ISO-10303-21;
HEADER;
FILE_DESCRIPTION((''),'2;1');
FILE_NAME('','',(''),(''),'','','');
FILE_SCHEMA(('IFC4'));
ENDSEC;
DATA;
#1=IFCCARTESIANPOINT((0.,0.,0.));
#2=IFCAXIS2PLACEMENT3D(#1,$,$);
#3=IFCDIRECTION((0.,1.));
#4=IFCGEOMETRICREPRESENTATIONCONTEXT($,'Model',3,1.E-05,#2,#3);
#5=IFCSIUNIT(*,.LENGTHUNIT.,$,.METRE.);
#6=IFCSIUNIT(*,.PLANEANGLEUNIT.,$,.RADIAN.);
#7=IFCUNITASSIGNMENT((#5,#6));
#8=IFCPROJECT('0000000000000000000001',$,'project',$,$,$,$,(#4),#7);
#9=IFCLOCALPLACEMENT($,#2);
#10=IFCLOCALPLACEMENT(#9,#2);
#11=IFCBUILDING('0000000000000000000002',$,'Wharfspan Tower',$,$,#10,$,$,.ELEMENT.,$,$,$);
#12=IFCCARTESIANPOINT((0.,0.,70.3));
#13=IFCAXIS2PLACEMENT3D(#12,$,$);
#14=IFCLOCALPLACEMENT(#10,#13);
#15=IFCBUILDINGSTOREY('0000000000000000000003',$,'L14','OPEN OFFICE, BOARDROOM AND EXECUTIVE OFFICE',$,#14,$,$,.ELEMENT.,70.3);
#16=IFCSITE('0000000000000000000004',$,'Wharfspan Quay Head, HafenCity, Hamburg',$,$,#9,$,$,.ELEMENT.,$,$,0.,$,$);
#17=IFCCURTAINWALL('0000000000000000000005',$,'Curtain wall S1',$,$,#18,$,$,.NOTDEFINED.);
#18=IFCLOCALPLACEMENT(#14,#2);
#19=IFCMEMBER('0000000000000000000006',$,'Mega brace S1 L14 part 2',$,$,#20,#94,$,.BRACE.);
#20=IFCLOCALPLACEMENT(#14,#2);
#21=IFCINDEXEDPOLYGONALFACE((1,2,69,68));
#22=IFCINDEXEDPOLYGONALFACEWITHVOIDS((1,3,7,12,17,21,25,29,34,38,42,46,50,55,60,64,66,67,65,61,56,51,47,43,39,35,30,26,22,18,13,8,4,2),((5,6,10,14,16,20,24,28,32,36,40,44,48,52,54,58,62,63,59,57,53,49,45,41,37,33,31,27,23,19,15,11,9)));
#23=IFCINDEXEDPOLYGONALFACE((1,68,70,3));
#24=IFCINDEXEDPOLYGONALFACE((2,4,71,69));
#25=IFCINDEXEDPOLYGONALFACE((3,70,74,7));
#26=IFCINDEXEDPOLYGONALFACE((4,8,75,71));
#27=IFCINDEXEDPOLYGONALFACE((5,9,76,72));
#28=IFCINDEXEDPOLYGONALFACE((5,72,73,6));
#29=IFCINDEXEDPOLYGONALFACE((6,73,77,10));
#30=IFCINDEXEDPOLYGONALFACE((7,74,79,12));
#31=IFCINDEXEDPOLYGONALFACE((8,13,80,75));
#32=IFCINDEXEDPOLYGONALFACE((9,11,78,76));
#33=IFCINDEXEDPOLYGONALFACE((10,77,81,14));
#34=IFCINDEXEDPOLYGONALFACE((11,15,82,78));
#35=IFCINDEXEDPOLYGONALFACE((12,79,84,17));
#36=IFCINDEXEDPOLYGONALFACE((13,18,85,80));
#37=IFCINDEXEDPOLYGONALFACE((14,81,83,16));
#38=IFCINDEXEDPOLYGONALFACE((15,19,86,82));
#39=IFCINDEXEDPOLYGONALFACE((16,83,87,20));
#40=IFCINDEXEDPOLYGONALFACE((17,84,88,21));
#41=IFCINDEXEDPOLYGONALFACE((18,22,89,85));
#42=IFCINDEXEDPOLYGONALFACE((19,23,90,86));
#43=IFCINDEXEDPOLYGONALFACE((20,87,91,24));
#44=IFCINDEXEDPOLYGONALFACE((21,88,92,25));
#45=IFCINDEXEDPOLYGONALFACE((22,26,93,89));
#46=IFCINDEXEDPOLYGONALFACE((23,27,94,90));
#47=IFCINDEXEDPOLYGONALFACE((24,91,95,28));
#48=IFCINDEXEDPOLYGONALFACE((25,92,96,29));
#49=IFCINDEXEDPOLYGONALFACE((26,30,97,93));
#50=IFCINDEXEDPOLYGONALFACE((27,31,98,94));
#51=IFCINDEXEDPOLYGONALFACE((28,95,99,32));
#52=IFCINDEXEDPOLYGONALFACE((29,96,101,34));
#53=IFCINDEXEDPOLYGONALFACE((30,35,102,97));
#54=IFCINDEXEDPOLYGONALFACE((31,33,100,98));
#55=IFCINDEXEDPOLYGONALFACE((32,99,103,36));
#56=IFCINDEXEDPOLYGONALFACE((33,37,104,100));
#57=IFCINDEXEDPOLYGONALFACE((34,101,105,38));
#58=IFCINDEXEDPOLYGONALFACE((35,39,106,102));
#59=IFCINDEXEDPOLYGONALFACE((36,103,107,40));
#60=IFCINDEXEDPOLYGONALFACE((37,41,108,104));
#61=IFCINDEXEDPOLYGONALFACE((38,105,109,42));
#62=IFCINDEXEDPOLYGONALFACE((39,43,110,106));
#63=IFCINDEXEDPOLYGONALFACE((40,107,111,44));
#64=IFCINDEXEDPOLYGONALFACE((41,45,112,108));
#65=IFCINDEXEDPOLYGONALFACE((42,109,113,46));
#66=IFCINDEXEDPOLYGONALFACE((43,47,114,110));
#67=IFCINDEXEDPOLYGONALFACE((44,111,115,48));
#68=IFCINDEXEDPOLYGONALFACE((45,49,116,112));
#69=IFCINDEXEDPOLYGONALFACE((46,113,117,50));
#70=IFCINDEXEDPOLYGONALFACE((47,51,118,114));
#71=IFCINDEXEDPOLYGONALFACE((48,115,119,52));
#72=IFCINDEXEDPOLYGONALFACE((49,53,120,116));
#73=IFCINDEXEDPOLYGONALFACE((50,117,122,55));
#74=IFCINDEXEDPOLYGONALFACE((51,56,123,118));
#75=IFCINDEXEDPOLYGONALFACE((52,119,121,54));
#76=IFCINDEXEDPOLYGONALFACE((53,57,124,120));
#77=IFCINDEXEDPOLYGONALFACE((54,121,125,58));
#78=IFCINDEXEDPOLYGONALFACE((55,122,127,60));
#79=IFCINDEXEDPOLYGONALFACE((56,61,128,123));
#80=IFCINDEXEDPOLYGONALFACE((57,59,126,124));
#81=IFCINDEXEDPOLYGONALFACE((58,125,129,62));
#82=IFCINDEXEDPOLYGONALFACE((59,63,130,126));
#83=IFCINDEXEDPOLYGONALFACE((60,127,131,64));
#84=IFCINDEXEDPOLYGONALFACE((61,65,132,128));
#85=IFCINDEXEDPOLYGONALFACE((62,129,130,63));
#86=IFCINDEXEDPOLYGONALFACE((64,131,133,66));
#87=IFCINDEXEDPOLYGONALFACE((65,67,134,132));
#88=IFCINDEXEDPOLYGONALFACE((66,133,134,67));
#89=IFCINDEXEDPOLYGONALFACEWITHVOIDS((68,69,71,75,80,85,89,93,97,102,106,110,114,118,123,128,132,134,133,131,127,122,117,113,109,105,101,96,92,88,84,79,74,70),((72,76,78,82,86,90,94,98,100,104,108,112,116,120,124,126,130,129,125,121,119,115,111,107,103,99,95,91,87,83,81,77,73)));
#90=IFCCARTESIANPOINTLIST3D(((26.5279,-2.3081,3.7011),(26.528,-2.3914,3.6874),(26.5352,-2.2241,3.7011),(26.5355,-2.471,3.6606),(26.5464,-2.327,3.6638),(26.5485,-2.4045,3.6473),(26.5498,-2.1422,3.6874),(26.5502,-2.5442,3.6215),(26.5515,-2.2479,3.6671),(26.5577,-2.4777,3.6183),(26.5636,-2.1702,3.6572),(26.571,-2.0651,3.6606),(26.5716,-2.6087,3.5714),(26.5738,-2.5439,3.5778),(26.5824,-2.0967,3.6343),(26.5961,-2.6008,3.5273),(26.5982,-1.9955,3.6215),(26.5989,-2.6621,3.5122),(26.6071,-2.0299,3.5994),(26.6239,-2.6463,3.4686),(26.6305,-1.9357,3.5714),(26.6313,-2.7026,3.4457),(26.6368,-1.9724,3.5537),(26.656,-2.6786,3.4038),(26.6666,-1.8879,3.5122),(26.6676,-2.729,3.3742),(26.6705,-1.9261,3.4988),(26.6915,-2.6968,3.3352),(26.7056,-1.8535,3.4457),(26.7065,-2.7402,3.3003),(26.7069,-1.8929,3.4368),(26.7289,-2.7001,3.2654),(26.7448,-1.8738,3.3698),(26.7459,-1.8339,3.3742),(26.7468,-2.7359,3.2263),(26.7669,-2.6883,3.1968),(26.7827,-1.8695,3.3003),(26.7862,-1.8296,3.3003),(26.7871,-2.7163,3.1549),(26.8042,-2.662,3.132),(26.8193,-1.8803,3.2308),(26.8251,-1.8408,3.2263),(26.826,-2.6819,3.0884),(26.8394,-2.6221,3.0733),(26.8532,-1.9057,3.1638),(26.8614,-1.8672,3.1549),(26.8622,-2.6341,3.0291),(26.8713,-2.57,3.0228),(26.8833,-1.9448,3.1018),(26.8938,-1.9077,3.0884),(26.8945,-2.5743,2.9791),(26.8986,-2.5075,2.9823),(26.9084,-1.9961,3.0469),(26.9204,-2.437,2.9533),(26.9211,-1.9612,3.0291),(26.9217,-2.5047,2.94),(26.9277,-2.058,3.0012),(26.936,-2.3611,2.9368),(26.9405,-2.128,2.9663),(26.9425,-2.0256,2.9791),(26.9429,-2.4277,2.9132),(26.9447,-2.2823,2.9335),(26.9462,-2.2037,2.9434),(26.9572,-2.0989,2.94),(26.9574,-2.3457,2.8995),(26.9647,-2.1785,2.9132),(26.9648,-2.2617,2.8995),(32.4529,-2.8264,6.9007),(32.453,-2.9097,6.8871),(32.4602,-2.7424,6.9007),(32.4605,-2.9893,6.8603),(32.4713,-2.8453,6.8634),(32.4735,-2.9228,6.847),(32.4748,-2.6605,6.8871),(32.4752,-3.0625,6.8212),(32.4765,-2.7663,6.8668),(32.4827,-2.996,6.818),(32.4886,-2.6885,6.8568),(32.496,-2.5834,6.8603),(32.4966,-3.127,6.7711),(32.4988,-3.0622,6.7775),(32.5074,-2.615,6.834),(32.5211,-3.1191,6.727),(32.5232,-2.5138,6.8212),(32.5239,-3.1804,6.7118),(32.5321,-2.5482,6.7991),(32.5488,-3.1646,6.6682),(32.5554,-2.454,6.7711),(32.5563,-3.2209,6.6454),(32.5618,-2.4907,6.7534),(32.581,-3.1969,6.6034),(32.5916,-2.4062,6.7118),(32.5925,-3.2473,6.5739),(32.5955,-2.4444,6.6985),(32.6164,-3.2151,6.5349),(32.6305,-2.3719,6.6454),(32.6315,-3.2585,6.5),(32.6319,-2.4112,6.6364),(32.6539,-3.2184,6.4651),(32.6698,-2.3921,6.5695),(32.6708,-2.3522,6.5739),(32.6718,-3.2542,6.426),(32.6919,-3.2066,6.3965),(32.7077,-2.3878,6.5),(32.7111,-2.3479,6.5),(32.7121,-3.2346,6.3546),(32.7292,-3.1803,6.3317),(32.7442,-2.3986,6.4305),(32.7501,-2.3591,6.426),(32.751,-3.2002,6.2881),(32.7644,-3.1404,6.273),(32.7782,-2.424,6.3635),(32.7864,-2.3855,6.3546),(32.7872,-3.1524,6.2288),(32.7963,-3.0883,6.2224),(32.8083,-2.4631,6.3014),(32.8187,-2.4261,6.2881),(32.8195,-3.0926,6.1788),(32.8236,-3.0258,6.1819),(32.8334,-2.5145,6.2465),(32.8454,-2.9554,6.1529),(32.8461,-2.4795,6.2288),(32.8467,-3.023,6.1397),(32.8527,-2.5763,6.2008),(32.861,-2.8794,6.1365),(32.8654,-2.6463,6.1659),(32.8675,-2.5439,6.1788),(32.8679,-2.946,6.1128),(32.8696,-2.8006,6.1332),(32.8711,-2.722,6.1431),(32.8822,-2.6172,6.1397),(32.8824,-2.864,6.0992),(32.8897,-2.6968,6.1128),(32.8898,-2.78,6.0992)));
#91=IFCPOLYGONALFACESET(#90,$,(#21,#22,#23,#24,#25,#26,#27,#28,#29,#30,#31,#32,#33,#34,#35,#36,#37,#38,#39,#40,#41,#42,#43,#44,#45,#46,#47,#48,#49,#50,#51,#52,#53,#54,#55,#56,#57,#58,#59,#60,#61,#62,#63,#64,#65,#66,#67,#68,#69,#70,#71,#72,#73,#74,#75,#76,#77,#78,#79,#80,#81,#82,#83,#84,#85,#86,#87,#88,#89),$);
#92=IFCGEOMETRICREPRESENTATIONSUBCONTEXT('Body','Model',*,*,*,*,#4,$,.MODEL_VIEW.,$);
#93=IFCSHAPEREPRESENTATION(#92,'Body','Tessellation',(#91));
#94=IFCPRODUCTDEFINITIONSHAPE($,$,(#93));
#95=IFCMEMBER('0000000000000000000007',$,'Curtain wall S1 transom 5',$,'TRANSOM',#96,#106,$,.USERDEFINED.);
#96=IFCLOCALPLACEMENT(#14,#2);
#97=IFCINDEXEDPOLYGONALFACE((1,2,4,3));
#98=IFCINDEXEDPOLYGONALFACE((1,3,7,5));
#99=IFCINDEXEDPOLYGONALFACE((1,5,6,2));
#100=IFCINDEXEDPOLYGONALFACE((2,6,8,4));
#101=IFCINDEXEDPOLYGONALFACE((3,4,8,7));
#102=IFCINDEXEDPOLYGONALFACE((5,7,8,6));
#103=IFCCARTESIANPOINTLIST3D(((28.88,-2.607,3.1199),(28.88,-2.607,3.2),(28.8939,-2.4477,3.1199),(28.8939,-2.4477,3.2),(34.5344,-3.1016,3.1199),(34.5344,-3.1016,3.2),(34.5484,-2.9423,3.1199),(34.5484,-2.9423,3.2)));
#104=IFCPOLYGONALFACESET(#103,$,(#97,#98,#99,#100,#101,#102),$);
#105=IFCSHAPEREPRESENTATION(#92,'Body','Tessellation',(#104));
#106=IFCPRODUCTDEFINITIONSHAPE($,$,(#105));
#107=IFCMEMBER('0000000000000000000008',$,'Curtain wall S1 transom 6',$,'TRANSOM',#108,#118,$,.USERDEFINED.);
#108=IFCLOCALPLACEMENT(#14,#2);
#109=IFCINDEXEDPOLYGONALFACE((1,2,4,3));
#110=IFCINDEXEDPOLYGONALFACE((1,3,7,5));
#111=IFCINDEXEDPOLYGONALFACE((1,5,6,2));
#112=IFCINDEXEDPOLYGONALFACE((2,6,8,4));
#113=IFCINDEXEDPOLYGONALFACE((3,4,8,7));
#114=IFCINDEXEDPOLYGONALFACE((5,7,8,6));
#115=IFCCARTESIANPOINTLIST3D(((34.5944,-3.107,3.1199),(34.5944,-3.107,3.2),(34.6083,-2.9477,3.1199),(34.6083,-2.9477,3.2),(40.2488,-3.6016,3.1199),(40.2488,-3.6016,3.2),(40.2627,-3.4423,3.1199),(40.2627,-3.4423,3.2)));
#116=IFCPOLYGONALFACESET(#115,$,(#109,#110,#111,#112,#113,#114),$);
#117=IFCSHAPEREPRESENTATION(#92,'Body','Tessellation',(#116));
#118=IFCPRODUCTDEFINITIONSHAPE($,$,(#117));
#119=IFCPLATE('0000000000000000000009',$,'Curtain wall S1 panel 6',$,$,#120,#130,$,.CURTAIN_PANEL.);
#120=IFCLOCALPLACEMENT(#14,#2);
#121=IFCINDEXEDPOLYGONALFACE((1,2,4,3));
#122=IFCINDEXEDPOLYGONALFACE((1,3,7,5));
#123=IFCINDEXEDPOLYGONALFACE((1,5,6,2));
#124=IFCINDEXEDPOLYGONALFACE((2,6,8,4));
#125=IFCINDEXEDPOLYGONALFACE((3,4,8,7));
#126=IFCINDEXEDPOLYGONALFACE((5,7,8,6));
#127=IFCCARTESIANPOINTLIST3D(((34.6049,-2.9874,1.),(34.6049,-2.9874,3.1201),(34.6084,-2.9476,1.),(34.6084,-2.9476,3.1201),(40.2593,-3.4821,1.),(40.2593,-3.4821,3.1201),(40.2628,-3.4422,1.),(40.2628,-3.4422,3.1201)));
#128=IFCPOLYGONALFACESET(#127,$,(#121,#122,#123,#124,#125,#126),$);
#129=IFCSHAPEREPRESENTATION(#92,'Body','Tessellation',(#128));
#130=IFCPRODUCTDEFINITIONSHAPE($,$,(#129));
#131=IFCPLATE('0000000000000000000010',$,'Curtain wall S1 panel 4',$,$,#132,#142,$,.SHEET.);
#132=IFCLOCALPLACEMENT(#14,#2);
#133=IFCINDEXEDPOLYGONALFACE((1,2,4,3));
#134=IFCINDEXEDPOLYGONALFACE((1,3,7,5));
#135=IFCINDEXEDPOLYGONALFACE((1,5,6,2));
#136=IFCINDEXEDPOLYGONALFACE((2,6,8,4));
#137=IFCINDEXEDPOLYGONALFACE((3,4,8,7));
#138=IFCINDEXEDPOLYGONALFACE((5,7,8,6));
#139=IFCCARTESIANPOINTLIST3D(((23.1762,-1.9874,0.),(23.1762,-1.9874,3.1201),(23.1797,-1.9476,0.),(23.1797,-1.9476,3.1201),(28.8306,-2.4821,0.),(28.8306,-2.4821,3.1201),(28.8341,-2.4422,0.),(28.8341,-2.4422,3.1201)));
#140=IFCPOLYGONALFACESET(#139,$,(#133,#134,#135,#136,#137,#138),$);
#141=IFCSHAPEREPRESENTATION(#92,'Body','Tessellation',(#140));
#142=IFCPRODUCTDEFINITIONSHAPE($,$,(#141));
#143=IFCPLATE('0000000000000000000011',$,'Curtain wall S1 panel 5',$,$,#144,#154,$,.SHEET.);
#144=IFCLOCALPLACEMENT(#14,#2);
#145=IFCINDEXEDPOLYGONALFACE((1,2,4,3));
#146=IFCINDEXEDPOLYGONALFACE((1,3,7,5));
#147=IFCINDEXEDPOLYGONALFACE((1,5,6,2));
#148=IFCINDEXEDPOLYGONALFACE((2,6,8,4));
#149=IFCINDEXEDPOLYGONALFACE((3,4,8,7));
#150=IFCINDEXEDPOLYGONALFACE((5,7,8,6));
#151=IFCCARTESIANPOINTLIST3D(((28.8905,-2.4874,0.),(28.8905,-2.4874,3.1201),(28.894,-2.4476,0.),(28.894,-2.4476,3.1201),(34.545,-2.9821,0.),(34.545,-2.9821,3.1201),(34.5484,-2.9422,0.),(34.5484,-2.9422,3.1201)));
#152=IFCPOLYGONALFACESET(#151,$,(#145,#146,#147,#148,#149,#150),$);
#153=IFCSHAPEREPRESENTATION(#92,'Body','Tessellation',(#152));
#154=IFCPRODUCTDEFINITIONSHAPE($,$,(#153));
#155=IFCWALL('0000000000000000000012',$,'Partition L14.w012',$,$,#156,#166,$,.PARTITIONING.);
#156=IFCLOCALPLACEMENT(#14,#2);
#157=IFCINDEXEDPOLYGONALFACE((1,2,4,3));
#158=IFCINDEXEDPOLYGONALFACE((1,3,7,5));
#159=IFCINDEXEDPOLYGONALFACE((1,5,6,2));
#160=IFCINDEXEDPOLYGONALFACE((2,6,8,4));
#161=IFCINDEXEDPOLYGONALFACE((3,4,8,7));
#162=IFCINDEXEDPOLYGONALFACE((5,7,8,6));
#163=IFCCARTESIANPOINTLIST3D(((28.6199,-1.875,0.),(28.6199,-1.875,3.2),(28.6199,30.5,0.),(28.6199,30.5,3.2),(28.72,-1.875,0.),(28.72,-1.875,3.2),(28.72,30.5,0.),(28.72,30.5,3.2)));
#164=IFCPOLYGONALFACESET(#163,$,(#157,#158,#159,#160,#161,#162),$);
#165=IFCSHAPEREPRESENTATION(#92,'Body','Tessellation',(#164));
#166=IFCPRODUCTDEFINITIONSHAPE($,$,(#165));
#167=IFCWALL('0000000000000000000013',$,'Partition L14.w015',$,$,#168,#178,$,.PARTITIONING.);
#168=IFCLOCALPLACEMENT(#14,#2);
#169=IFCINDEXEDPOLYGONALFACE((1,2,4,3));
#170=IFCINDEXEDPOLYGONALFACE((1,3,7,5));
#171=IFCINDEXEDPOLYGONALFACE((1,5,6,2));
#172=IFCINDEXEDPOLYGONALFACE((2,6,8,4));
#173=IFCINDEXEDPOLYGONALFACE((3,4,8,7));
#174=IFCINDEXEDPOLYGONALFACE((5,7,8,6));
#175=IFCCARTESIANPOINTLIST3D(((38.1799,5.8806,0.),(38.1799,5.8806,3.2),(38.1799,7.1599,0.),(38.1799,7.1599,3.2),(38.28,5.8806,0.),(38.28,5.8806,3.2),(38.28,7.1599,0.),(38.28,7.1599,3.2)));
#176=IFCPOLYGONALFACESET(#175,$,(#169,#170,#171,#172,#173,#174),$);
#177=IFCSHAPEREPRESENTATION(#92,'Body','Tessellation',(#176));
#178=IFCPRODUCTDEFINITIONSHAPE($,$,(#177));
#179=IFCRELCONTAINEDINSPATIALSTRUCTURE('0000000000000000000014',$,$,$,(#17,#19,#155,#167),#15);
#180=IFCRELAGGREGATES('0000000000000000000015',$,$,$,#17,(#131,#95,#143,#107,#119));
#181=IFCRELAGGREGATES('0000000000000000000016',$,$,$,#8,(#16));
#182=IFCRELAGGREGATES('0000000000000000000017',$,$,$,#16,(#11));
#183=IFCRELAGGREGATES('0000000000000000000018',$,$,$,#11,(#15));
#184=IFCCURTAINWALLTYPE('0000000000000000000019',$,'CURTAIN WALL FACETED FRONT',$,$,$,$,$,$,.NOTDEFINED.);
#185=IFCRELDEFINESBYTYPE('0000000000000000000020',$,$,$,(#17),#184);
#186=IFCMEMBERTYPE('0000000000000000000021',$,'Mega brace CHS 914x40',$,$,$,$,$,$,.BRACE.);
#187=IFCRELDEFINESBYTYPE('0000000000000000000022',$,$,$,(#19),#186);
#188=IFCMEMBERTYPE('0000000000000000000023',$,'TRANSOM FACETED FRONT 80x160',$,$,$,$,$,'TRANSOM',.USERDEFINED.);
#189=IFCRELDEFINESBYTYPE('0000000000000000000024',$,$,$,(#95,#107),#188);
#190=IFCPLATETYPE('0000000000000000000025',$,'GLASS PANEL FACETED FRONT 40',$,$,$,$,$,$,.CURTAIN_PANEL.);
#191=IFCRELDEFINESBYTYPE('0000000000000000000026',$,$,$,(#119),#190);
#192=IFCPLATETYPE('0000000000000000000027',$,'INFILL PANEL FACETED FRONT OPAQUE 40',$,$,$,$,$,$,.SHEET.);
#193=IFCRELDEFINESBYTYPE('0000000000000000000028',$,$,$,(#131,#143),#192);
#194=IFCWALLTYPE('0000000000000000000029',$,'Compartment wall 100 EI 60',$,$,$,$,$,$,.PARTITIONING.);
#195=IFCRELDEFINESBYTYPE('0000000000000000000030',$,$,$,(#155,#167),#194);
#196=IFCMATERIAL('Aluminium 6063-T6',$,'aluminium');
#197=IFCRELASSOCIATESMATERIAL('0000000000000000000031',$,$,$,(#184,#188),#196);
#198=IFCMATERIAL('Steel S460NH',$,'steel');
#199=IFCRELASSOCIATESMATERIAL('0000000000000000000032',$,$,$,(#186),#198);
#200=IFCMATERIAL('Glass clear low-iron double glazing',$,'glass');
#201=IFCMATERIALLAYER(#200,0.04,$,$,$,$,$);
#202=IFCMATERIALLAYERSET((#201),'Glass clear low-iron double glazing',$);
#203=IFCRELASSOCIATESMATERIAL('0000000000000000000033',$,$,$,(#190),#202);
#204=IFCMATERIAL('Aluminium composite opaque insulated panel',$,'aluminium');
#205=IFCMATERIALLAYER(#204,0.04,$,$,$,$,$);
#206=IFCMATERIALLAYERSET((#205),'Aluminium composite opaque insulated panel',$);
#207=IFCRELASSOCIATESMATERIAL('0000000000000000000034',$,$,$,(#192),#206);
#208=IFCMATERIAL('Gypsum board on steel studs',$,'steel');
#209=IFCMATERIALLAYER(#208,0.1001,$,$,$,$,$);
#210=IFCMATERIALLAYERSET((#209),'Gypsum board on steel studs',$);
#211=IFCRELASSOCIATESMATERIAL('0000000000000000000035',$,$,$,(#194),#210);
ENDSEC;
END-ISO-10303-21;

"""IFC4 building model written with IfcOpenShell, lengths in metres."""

from ifc_helpers import new_model, si_unit, direction, frame, frame_2d, origin, origin_2d, place, context, subcontext, project, spatial, rectangle, hollow_circle, extrude, material, layer, layer_set, material_profile, profile_set, type_object, element, aggregate, save


model = new_model("IFC4")

# Units and contexts
model_context = context("Model", 3, precision=1e-05, world=origin(), true_north=direction((0.0, 1.0)))
body_context = subcontext(model_context, "Body", "Model", "MODEL_VIEW")
ifc_project = project(units=[si_unit("LENGTHUNIT", "METRE"), si_unit("PLANEANGLEUNIT", "RADIAN")], contexts=[model_context])

# Site, building, storey
site_placement = place(None, origin())
site = spatial("IfcSite", under=ifc_project, at=site_placement, Name="Wharfspan Quay Head, HafenCity, Hamburg", CompositionType="ELEMENT", RefElevation=0.0)
building_placement = place(site_placement, origin())
building = spatial("IfcBuilding", under=site, at=building_placement, Name="Wharfspan Tower", CompositionType="ELEMENT")
storey_placement = place(building_placement, frame((0.0, 0.0, 70.3)))
storey = spatial("IfcBuildingStorey", under=building, at=storey_placement, Name="L14", Description="OPEN OFFICE, BOARDROOM AND EXECUTIVE OFFICE", CompositionType="ELEMENT", Elevation=70.3)

# Curtain wall
ifc_material_1 = material(Name="Aluminium 6063-T6", Category="aluminium")
curtain_wall_type = type_object("IfcCurtainWallType", Name="CURTAIN WALL FACETED FRONT", PredefinedType="NOTDEFINED", material=ifc_material_1)
curtain_wall_placement = place(storey_placement, origin())
curtain_wall = element("IfcCurtainWall", 1, at=curtain_wall_placement, inside=storey, type_object=curtain_wall_type, Name="Curtain wall S1", PredefinedType="NOTDEFINED")

# Members
ifc_material_2 = material(Name="Steel S460NH", Category="steel")
ifc_material_profile_1 = material_profile(ifc_material_2, hollow_circle(Radius=0.457, WallThickness=0.04, at=origin_2d()))
ifc_profile_set_1 = profile_set([ifc_material_profile_1], Name="Steel S460NH")
member_type_1 = type_object("IfcMemberType", Name="Mega brace CHS 914x40", PredefinedType="BRACE", material=ifc_profile_set_1)
member_1_placement = place(storey_placement, frame((26.7463, -2.2849, 3.3003), z_axis=(0.877299, -0.076744, 0.473768), x_axis=(0.087145, 0.996198, 0.0)))
element("IfcMember", 2, at=member_1_placement, inside=storey, type_object=member_type_1, Name="Mega brace S1 L14 part 2", PredefinedType="BRACE", context=body_context, shape_type="SweptSolid", body=[
    extrude(hollow_circle(Radius=0.457, WallThickness=0.04, at=origin_2d()), origin(), (0.0, 0.0, 1.0), 6.7537),
])
ifc_material_profile_2 = material_profile(ifc_material_1, rectangle(XDim=0.1599, YDim=0.0801, at=origin_2d()))
ifc_profile_set_2 = profile_set([ifc_material_profile_2], Name="Aluminium 6063-T6")
member_type_2 = type_object("IfcMemberType", Name="TRANSOM FACETED FRONT 80x160", ElementType="TRANSOM", PredefinedType="USERDEFINED", material=ifc_profile_set_2)
member_2_placement = place(storey_placement, frame((28.887, -2.5273, 3.1599), z_axis=(0.996196, -0.087142, 0.0), x_axis=(0.087142, 0.996196, 0.0)))
member_2 = element("IfcMember", 3, at=member_2_placement, type_object=member_type_2, Name="Curtain wall S1 transom 5", ObjectType="TRANSOM", PredefinedType="USERDEFINED", context=body_context, shape_type="SweptSolid", body=[
    extrude(rectangle(XDim=0.1599, YDim=0.0801, at=origin_2d()), origin(), (0.0, 0.0, 1.0), 5.676),
])
member_3_placement = place(storey_placement, frame((34.6013, -3.0273, 3.1599), z_axis=(0.996196, -0.087142, 0.0), x_axis=(0.087142, 0.996196, 0.0)))
member_3 = element("IfcMember", 4, at=member_3_placement, type_object=member_type_2, Name="Curtain wall S1 transom 6", ObjectType="TRANSOM", PredefinedType="USERDEFINED", context=body_context, shape_type="SweptSolid", body=[
    extrude(rectangle(XDim=0.1599, YDim=0.0801, at=origin_2d()), origin(), (0.0, 0.0, 1.0), 5.676),
])

# Plates
ifc_material_3 = material(Name="Glass clear low-iron double glazing", Category="glass")
ifc_layer_1 = layer(ifc_material_3, 0.04)
ifc_layer_set_1 = layer_set([ifc_layer_1], Name="Glass clear low-iron double glazing")
plate_type_1 = type_object("IfcPlateType", Name="GLASS PANEL FACETED FRONT 40", PredefinedType="CURTAIN_PANEL", material=ifc_layer_set_1)
plate_1_placement = place(storey_placement, frame((37.4338, -3.2148, 1.0), z_axis=(0.0, 0.0, 1.0), x_axis=(0.996197, -0.087156, 0.0)))
plate_1 = element("IfcPlate", 5, at=plate_1_placement, type_object=plate_type_1, Name="Curtain wall S1 panel 6", PredefinedType="CURTAIN_PANEL", context=body_context, shape_type="SweptSolid", body=[
    extrude(rectangle(XDim=5.676, YDim=0.04, at=origin_2d()), origin(), (0.0, 0.0, 1.0), 2.1201),
])
ifc_material_4 = material(Name="Aluminium composite opaque insulated panel", Category="aluminium")
ifc_layer_2 = layer(ifc_material_4, 0.04)
ifc_layer_set_2 = layer_set([ifc_layer_2], Name="Aluminium composite opaque insulated panel")
plate_type_2 = type_object("IfcPlateType", Name="INFILL PANEL FACETED FRONT OPAQUE 40", PredefinedType="SHEET", material=ifc_layer_set_2)
plate_2_placement = place(storey_placement, frame((26.0051, -2.2148, 0.0), z_axis=(0.0, 0.0, 1.0), x_axis=(0.996197, -0.087156, 0.0)))
plate_2 = element("IfcPlate", 6, at=plate_2_placement, type_object=plate_type_2, Name="Curtain wall S1 panel 4", PredefinedType="SHEET", context=body_context, shape_type="SweptSolid", body=[
    extrude(rectangle(XDim=5.676, YDim=0.04, at=origin_2d()), origin(), (0.0, 0.0, 1.0), 3.1201),
])
plate_3_placement = place(storey_placement, frame((31.7195, -2.7148, 0.0), z_axis=(0.0, 0.0, 1.0), x_axis=(0.996197, -0.087156, 0.0)))
plate_3 = element("IfcPlate", 7, at=plate_3_placement, type_object=plate_type_2, Name="Curtain wall S1 panel 5", PredefinedType="SHEET", context=body_context, shape_type="SweptSolid", body=[
    extrude(rectangle(XDim=5.676, YDim=0.04, at=origin_2d()), origin(), (0.0, 0.0, 1.0), 3.1201),
])
aggregate(curtain_wall, [plate_2, member_2, plate_3, member_3, plate_1])

# Walls
ifc_material_5 = material(Name="Gypsum board on steel studs", Category="steel")
ifc_layer_3 = layer(ifc_material_5, 0.1001)
ifc_layer_set_3 = layer_set([ifc_layer_3], Name="Gypsum board on steel studs")
wall_type_1 = type_object("IfcWallType", Name="Compartment wall 100 EI 60", PredefinedType="PARTITIONING", material=ifc_layer_set_3)
wall_1_placement = place(storey_placement, frame((28.6699, -1.875, 0.0), z_axis=(0.0, 0.0, 1.0), x_axis=(0.0, 1.0, 0.0)))
element("IfcWall", 8, at=wall_1_placement, inside=storey, type_object=wall_type_1, Name="Partition L14.w012", PredefinedType="PARTITIONING", context=body_context, shape_type="SweptSolid", body=[
    extrude(rectangle(XDim=32.375, YDim=0.1001, at=frame_2d((16.1875, 0.0))), origin(), (0.0, 0.0, 1.0), 3.2),
])
wall_2_placement = place(storey_placement, frame((38.23, 5.8806, 0.0), z_axis=(0.0, 0.0, 1.0), x_axis=(0.0, 1.0, 0.0)))
element("IfcWall", 9, at=wall_2_placement, inside=storey, type_object=wall_type_1, Name="Partition L14.w015", PredefinedType="PARTITIONING", context=body_context, shape_type="SweptSolid", body=[
    extrude(rectangle(XDim=1.2793, YDim=0.1001, at=frame_2d((0.6396, 0.0))), origin(), (0.0, 0.0, 1.0), 3.2),
])

save(model, "model.ifc")
